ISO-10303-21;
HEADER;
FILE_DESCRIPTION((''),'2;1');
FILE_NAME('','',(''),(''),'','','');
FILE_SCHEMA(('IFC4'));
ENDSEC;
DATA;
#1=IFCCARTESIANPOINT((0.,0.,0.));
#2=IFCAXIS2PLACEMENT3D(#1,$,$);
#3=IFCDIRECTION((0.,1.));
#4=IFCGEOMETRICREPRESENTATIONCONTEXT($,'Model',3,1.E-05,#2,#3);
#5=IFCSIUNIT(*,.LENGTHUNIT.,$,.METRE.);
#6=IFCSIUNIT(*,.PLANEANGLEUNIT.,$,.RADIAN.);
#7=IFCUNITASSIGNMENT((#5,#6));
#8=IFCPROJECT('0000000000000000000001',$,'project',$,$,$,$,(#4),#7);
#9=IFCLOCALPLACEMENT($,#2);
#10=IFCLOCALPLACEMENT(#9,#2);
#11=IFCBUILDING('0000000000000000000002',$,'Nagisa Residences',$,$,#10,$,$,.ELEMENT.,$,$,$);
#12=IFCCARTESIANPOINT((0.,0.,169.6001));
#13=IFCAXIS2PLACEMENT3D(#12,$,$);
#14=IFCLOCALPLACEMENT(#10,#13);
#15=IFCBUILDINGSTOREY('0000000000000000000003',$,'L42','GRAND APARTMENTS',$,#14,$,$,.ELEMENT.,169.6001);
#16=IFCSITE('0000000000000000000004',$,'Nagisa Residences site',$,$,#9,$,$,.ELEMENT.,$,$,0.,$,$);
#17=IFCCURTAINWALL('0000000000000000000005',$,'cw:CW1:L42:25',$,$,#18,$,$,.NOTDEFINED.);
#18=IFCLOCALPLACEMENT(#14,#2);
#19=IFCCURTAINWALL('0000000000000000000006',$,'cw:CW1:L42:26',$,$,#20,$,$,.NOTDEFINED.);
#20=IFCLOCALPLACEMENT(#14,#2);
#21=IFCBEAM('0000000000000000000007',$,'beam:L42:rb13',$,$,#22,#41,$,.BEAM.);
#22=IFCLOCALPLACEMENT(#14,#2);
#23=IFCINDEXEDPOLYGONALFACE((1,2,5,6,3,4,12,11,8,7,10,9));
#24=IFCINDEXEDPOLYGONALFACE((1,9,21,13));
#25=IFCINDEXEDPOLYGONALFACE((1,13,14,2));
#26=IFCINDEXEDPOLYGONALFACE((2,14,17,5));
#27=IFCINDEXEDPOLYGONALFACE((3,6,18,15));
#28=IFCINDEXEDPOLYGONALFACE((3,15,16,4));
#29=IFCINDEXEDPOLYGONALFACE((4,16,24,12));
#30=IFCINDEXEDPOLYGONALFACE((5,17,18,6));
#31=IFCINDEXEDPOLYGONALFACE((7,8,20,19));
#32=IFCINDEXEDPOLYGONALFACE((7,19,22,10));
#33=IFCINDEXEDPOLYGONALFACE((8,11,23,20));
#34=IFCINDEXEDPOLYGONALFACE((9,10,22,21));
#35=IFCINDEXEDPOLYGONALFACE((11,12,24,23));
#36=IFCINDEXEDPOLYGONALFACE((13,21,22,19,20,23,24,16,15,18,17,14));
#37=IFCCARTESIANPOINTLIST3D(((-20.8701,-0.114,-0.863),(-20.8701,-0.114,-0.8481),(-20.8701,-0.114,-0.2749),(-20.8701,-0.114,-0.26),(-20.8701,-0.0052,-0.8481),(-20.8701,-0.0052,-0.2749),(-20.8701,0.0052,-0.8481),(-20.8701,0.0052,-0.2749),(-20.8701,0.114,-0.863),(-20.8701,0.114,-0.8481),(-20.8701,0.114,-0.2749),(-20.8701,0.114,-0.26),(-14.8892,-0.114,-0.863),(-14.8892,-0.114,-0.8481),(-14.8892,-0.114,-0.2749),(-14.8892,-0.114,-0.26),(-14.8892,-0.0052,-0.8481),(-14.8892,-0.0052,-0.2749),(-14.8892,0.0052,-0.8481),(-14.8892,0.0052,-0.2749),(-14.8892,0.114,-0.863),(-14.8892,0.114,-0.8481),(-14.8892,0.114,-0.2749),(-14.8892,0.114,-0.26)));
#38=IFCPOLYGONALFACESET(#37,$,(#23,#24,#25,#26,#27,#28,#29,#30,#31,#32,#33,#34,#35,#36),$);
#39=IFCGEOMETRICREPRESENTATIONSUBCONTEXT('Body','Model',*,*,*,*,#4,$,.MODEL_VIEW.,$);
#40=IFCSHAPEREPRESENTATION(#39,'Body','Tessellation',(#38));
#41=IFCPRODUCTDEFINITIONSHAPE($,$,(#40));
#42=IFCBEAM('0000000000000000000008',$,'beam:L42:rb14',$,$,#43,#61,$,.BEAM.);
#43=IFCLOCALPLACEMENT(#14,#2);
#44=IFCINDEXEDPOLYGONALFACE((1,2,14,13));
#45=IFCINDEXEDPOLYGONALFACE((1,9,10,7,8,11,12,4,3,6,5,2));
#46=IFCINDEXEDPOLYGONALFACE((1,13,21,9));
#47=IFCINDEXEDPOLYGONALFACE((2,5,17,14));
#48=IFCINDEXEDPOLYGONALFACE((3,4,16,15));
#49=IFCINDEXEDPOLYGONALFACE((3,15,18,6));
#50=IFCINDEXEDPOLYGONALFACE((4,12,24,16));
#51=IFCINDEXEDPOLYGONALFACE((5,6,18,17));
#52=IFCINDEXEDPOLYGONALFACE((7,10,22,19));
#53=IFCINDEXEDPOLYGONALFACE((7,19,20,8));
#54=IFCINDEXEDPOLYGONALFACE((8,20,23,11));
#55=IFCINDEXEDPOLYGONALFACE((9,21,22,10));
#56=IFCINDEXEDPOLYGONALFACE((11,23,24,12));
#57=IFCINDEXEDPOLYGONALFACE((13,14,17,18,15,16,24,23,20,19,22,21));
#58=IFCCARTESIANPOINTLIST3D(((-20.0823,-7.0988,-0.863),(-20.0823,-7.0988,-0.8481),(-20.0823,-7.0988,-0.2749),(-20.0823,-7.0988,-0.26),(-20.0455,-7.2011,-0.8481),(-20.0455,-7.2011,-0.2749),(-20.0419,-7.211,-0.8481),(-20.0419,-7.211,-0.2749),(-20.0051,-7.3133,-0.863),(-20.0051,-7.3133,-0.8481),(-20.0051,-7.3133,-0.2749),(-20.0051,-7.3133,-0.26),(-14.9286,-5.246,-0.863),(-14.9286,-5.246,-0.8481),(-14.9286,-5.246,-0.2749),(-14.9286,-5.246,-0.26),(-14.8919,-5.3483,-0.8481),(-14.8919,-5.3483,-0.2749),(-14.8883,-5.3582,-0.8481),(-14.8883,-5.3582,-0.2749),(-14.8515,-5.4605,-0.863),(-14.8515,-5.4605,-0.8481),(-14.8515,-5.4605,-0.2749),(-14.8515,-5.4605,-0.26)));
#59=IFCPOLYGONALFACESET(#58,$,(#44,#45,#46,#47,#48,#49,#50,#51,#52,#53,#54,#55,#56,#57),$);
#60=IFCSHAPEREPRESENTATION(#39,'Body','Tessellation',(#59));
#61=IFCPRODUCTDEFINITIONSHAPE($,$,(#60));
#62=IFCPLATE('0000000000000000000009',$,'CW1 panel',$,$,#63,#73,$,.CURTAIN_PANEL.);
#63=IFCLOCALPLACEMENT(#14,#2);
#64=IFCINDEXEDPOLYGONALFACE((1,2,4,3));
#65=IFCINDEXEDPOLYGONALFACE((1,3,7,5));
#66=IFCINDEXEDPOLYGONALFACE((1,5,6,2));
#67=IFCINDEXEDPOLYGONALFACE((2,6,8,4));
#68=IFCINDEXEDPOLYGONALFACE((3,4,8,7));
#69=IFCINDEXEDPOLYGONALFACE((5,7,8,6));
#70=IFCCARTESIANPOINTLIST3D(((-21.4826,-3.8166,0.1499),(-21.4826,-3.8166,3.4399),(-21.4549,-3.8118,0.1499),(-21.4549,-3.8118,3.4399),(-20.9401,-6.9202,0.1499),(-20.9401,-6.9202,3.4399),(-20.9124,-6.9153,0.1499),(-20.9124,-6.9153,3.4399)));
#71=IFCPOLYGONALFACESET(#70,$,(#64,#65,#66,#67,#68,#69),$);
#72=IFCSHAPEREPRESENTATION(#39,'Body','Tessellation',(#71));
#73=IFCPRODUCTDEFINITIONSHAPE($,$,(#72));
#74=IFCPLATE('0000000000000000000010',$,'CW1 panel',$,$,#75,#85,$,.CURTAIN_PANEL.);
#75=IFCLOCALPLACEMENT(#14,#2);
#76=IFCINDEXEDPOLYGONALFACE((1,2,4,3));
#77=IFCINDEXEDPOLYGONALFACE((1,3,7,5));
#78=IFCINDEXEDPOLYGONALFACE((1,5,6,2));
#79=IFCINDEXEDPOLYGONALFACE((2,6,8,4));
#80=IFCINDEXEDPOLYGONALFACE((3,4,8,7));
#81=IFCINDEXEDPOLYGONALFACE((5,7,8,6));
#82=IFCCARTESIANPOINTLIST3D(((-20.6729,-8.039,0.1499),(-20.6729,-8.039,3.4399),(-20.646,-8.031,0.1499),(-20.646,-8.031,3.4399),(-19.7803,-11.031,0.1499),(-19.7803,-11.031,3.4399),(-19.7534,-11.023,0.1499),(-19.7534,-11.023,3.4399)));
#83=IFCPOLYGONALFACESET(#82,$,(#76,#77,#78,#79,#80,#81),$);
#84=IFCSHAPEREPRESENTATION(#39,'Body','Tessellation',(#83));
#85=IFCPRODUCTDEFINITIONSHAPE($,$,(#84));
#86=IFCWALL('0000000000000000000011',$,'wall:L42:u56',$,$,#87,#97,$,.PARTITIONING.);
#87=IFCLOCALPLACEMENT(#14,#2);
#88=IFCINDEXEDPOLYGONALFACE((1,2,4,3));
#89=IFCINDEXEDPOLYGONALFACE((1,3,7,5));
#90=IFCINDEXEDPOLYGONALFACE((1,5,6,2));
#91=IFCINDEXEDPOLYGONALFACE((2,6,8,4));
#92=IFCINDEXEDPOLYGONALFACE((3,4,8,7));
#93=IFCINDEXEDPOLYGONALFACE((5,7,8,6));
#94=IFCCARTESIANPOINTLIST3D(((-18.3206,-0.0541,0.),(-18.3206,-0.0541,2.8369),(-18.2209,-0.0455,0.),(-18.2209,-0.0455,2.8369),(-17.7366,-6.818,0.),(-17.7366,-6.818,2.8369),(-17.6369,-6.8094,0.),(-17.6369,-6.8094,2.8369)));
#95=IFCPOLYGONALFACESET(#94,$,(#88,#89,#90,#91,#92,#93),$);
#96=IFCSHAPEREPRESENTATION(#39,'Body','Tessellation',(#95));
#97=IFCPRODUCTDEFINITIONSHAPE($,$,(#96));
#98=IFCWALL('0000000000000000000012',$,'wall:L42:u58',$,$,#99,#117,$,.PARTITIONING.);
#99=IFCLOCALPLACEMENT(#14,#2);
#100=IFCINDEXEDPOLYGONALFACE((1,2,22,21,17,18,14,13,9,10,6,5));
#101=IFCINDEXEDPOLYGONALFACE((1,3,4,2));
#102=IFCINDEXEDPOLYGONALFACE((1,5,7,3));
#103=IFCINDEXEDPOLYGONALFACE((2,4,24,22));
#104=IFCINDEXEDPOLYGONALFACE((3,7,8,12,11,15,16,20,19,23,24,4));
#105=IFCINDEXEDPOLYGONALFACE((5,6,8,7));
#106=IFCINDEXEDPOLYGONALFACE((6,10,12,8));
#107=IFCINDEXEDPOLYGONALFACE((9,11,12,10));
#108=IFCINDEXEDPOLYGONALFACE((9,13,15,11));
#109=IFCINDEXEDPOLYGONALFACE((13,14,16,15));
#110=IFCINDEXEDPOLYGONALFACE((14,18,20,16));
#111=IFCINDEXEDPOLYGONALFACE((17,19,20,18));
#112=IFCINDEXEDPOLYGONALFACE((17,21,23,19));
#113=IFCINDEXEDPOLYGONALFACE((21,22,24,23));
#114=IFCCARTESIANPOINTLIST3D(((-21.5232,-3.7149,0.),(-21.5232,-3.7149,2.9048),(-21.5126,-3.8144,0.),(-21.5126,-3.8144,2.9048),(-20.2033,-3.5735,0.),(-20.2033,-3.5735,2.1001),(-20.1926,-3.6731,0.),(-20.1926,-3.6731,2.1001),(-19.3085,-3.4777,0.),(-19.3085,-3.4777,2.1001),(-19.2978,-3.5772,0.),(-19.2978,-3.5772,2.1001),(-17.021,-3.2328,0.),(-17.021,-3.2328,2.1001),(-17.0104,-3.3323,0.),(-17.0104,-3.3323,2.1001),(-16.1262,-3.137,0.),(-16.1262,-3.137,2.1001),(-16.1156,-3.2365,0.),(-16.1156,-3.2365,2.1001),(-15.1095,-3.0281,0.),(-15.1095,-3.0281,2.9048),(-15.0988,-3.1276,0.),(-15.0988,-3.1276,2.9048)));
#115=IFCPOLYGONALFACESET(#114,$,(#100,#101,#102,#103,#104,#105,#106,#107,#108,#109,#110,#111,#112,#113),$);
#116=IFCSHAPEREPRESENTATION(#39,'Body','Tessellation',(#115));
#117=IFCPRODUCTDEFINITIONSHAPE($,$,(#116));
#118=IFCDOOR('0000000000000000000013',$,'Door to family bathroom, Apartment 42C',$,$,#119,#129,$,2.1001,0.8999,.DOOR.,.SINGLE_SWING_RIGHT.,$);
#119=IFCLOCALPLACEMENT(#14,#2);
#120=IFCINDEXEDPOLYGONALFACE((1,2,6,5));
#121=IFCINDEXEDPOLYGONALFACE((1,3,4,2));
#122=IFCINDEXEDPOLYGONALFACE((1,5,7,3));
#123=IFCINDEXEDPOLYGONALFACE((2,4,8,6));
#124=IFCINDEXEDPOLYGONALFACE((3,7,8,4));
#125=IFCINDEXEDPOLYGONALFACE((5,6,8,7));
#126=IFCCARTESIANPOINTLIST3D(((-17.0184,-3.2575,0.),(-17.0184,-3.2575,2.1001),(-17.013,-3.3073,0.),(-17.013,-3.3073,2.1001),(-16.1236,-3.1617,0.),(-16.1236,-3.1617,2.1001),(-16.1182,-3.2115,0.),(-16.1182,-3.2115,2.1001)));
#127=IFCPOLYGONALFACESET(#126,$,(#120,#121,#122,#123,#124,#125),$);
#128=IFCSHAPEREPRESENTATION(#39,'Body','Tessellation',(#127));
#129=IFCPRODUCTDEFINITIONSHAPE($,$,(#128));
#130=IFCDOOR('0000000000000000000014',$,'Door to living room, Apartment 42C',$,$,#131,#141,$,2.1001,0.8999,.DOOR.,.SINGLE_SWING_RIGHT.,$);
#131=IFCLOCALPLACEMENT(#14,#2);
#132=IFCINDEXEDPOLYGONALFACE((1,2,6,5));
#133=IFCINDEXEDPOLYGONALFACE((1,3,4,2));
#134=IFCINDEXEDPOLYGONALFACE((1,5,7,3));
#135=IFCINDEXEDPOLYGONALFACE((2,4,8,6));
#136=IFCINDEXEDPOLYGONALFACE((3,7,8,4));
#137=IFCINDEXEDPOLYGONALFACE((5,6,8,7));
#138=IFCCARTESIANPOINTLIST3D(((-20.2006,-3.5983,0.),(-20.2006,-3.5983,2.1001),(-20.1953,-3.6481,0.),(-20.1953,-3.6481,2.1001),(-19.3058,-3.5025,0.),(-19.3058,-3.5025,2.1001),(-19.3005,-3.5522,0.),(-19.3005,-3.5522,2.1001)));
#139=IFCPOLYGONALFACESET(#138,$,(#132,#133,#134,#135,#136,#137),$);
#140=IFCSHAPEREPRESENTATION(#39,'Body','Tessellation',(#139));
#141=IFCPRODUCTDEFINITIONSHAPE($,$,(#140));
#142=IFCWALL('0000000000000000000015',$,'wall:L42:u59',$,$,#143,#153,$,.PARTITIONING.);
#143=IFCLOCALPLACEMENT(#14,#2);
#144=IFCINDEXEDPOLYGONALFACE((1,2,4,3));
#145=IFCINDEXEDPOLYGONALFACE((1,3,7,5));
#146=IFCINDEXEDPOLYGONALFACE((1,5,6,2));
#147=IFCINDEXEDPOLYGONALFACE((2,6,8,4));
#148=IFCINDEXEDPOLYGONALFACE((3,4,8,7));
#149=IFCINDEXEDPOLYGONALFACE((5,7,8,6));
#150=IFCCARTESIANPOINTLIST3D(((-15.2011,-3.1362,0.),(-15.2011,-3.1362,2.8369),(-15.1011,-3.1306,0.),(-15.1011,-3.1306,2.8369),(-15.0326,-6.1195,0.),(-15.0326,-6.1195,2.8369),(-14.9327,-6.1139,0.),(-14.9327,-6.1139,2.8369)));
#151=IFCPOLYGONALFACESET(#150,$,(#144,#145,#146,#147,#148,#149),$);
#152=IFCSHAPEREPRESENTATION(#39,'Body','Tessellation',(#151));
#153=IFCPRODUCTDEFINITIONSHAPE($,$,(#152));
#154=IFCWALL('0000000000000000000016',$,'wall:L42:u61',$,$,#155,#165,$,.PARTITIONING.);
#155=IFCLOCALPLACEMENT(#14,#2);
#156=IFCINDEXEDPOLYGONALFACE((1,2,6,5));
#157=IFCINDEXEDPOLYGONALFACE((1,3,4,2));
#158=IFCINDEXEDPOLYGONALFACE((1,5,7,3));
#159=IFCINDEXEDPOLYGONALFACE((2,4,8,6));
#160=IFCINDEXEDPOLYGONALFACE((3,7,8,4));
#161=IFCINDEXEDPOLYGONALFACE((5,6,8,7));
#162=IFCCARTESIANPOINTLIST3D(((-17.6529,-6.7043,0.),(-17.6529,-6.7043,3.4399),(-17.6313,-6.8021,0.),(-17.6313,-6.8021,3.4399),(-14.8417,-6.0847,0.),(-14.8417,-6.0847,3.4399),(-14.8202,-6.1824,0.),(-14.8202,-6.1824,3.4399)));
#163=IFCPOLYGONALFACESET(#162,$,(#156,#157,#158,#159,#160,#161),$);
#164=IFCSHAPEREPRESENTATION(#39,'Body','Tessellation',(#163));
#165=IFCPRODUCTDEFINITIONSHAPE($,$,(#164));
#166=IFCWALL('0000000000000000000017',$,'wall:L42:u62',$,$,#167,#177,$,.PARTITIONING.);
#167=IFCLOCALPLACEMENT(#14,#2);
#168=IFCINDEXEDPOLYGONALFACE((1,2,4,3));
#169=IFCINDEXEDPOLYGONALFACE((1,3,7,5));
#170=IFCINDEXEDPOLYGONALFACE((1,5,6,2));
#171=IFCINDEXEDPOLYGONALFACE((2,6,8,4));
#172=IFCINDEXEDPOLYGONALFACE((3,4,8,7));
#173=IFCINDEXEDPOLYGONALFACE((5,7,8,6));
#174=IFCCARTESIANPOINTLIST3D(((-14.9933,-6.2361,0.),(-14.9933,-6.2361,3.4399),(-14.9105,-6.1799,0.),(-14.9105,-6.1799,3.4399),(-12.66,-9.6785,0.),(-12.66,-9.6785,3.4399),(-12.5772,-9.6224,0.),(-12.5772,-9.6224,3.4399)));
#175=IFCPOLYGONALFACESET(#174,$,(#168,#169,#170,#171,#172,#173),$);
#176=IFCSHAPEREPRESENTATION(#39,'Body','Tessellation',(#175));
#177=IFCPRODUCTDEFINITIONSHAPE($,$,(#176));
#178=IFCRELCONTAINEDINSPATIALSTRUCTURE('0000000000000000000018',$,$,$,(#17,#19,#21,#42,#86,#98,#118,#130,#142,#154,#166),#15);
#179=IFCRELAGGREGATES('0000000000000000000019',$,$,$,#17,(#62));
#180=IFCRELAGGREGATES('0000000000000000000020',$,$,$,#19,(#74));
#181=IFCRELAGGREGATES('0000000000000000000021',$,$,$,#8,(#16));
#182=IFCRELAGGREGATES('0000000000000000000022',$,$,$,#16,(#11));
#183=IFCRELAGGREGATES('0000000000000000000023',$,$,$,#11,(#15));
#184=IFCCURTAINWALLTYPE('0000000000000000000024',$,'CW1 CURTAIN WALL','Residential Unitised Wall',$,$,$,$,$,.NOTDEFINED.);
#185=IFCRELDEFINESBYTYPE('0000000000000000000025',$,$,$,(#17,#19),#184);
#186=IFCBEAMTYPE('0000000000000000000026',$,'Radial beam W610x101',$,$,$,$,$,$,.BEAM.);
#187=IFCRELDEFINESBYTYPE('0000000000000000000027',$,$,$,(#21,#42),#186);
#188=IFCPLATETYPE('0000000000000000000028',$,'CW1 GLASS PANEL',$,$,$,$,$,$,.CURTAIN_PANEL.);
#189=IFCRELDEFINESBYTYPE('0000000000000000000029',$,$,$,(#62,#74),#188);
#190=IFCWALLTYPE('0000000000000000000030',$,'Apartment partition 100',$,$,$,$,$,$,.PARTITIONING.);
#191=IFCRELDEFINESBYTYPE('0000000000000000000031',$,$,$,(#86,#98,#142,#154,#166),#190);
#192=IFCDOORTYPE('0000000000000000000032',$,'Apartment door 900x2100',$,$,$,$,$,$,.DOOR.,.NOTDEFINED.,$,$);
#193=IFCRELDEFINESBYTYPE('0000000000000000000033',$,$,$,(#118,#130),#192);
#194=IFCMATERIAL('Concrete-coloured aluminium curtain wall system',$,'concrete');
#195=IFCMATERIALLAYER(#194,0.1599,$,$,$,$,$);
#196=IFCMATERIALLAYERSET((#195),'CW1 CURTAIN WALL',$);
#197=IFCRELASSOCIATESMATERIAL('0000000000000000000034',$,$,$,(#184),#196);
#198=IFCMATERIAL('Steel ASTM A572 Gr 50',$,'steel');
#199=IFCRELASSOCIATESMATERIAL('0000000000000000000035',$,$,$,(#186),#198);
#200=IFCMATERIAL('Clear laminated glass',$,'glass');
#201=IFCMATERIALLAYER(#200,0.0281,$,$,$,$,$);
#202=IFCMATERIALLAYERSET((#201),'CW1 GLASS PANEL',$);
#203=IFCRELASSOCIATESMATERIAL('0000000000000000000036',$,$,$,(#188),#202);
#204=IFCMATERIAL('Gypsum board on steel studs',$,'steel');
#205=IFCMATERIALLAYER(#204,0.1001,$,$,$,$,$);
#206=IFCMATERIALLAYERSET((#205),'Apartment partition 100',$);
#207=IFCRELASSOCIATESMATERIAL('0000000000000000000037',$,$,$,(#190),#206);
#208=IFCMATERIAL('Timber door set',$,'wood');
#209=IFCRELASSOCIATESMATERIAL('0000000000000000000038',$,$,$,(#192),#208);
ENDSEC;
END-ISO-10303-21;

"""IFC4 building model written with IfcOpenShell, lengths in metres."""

from ifc_helpers import new_model, si_unit, direction, frame, frame_2d, origin, origin_2d, place, context, subcontext, project, spatial, rectangle, i_section, extrude, material, layer, layer_set, material_profile, profile_set, type_object, element, fill, aggregate, save


model = new_model("IFC4")

# Units and contexts
model_context = context("Model", 3, precision=1e-05, world=origin(), true_north=direction((0.0, 1.0)))
body_context = subcontext(model_context, "Body", "Model", "MODEL_VIEW")
ifc_project = project(units=[si_unit("LENGTHUNIT", "METRE"), si_unit("PLANEANGLEUNIT", "RADIAN")], contexts=[model_context])

# Site, building, storey
site_placement = place(None, origin())
site = spatial("IfcSite", under=ifc_project, at=site_placement, Name="Nagisa Residences site", CompositionType="ELEMENT", RefElevation=0.0)
building_placement = place(site_placement, origin())
building = spatial("IfcBuilding", under=site, at=building_placement, Name="Nagisa Residences", CompositionType="ELEMENT")
storey_placement = place(building_placement, frame((0.0, 0.0, 169.6001)))
storey = spatial("IfcBuildingStorey", under=building, at=storey_placement, Name="L42", Description="GRAND APARTMENTS", CompositionType="ELEMENT", Elevation=169.6001)

# Curtain walls
ifc_material_1 = material(Name="Concrete-coloured aluminium curtain wall system", Category="concrete")
ifc_layer_1 = layer(ifc_material_1, 0.1599)
ifc_layer_set_1 = layer_set([ifc_layer_1], Name="CW1 CURTAIN WALL")
curtain_wall_type = type_object("IfcCurtainWallType", Name="CW1 CURTAIN WALL", Description="Residential Unitised Wall", PredefinedType="NOTDEFINED", material=ifc_layer_set_1)
curtain_wall_1_placement = place(storey_placement, origin())
curtain_wall_1 = element("IfcCurtainWall", 1, at=curtain_wall_1_placement, inside=storey, type_object=curtain_wall_type, Name="cw:CW1:L42:25", PredefinedType="NOTDEFINED")
curtain_wall_2_placement = place(storey_placement, origin())
curtain_wall_2 = element("IfcCurtainWall", 2, at=curtain_wall_2_placement, inside=storey, type_object=curtain_wall_type, Name="cw:CW1:L42:26", PredefinedType="NOTDEFINED")

# Beams
ifc_material_2 = material(Name="Steel ASTM A572 Gr 50", Category="steel")
ifc_material_profile_1 = material_profile(ifc_material_2, i_section(OverallWidth=0.228, OverallDepth=0.603, WebThickness=0.0105, FlangeThickness=0.0149, at=origin_2d()), Name="W610x101")
ifc_profile_set_1 = profile_set([ifc_material_profile_1], Name="Steel ASTM A572 Gr 50")
beam_type_1 = type_object("IfcBeamType", Name="Radial beam W610x101", PredefinedType="BEAM", material=ifc_profile_set_1)
beam_1_placement = place(storey_placement, frame((-20.8701, 0.0, -0.5615), z_axis=(1.0, 0.0, 0.0), x_axis=(0.0, 1.0, 0.0)))
element("IfcBeam", 3, at=beam_1_placement, inside=storey, type_object=beam_type_1, Name="beam:L42:rb13", PredefinedType="BEAM", context=body_context, shape_type="SweptSolid", body=[
    extrude(i_section(OverallWidth=0.228, OverallDepth=0.603, WebThickness=0.0105, FlangeThickness=0.0149, at=origin_2d()), origin(), (0.0, 0.0, 1.0), 5.981),
])
beam_2_placement = place(storey_placement, frame((-20.0437, -7.2061, -0.5615), z_axis=(0.941033, 0.338315, 0.0), x_axis=(-0.338315, 0.941033, 0.0)))
element("IfcBeam", 4, at=beam_2_placement, inside=storey, type_object=beam_type_1, Name="beam:L42:rb14", PredefinedType="BEAM", context=body_context, shape_type="SweptSolid", body=[
    extrude(i_section(OverallWidth=0.228, OverallDepth=0.603, WebThickness=0.0105, FlangeThickness=0.0149, at=origin_2d()), origin(), (0.0, 0.0, 1.0), 5.4766),
])

# Plates
ifc_material_3 = material(Name="Clear laminated glass", Category="glass")
ifc_layer_2 = layer(ifc_material_3, 0.0281)
ifc_layer_set_2 = layer_set([ifc_layer_2], Name="CW1 GLASS PANEL")
plate_type = type_object("IfcPlateType", Name="CW1 GLASS PANEL", PredefinedType="CURTAIN_PANEL", material=ifc_layer_set_2)
plate_1_placement = place(storey_placement, frame((-21.1975, -5.366, 0.1499), z_axis=(0.0, 0.0, 1.0), x_axis=(0.172191, -0.985064, 0.0)))
plate_1 = element("IfcPlate", 5, at=plate_1_placement, type_object=plate_type, Name="CW1 panel", PredefinedType="CURTAIN_PANEL", context=body_context, shape_type="SweptSolid", body=[
    extrude(rectangle(XDim=3.1506, YDim=0.0281, at=origin_2d()), origin(), (0.0, 0.0, 1.0), 3.29),
])
aggregate(curtain_wall_1, [plate_1])
plate_2_placement = place(storey_placement, frame((-20.2131, -9.531, 0.1499), z_axis=(0.0, 0.0, 1.0), x_axis=(0.28586, -0.958271, 0.0)))
plate_2 = element("IfcPlate", 6, at=plate_2_placement, type_object=plate_type, Name="CW1 panel", PredefinedType="CURTAIN_PANEL", context=body_context, shape_type="SweptSolid", body=[
    extrude(rectangle(XDim=3.1223, YDim=0.0281, at=origin_2d()), origin(), (0.0, 0.0, 1.0), 3.29),
])
aggregate(curtain_wall_2, [plate_2])

# Wall
ifc_material_4 = material(Name="Gypsum board on steel studs", Category="steel")
ifc_layer_3 = layer(ifc_material_4, 0.1001)
ifc_layer_set_3 = layer_set([ifc_layer_3], Name="Apartment partition 100")
wall_type_1 = type_object("IfcWallType", Name="Apartment partition 100", PredefinedType="PARTITIONING", material=ifc_layer_set_3)
wall_1_placement = place(storey_placement, frame((-18.2708, -0.0498, 0.0), z_axis=(0.0, 0.0, 1.0), x_axis=(0.086018, -0.996294, 0.0)))
element("IfcWall", 7, at=wall_1_placement, inside=storey, type_object=wall_type_1, Name="wall:L42:u56", PredefinedType="PARTITIONING", context=body_context, shape_type="SweptSolid", body=[
    extrude(rectangle(XDim=6.7891, YDim=0.1001, at=frame_2d((3.3945, 0.0))), origin(), (0.0, 0.0, 1.0), 2.8369),
])

# Wall, openings, doors
wall_2_placement = place(storey_placement, frame((-15.1042, -3.0779, 0.0), z_axis=(0.0, 0.0, 1.0), x_axis=(-0.994316, -0.106468, 0.0)))
wall_2 = element("IfcWall", 8, at=wall_2_placement, inside=storey, type_object=wall_type_1, Name="wall:L42:u58", PredefinedType="PARTITIONING", context=body_context, shape_type="SweptSolid", body=[
    extrude(rectangle(XDim=6.4504, YDim=0.1001, at=frame_2d((3.2251, 0.0))), origin(), (0.0, 0.0, 1.0), 2.9048),
])
opening_1_placement = place(wall_2_placement, frame((1.0225, 0.0, 0.0)))
opening_1 = element("IfcOpeningElement", 9, at=opening_1_placement, cuts=wall_2, PredefinedType="OPENING", context=body_context, shape_type="SweptSolid", body=[
    extrude(rectangle(XDim=0.8999, YDim=2.1001, at=frame_2d((0.45, 1.05))), frame((0.0, 0.0601, 0.0), z_axis=(0.0, -1.0, 0.0), x_axis=(1.0, 0.0, 0.0)), (0.0, 0.0, 1.0), 0.1201),
])
opening_2_placement = place(wall_2_placement, frame((4.2229, 0.0, 0.0)))
opening_2 = element("IfcOpeningElement", 10, at=opening_2_placement, cuts=wall_2, PredefinedType="OPENING", context=body_context, shape_type="SweptSolid", body=[
    extrude(rectangle(XDim=0.8999, YDim=2.1001, at=frame_2d((0.45, 1.05))), frame((0.0, 0.0601, 0.0), z_axis=(0.0, -1.0, 0.0), x_axis=(1.0, 0.0, 0.0)), (0.0, 0.0, 1.0), 0.1201),
])
ifc_material_5 = material(Name="Timber door set", Category="wood")
door_type_1 = type_object("IfcDoorType", Name="Apartment door 900x2100", OperationType="NOTDEFINED", PredefinedType="DOOR", material=ifc_material_5)
door_1_placement = place(opening_1_placement, origin())
door_1 = element("IfcDoor", 11, at=door_1_placement, inside=storey, type_object=door_type_1, Name="Door to family bathroom, Apartment 42C", OperationType="SINGLE_SWING_RIGHT", OverallHeight=2.1001, OverallWidth=0.8999, PredefinedType="DOOR", context=body_context, shape_type="SweptSolid", body=[
    extrude(rectangle(XDim=0.8999, YDim=2.1001, at=frame_2d((0.45, 1.05))), frame((0.0, 0.0249, 0.0), z_axis=(0.0, -1.0, 0.0), x_axis=(1.0, 0.0, 0.0)), (0.0, 0.0, 1.0), 0.05),
])
fill(opening_1, door_1)
door_2_placement = place(opening_2_placement, origin())
door_2 = element("IfcDoor", 12, at=door_2_placement, inside=storey, type_object=door_type_1, Name="Door to living room, Apartment 42C", OperationType="SINGLE_SWING_RIGHT", OverallHeight=2.1001, OverallWidth=0.8999, PredefinedType="DOOR", context=body_context, shape_type="SweptSolid", body=[
    extrude(rectangle(XDim=0.8999, YDim=2.1001, at=frame_2d((0.45, 1.05))), frame((0.0, 0.0249, 0.0), z_axis=(0.0, -1.0, 0.0), x_axis=(1.0, 0.0, 0.0)), (0.0, 0.0, 1.0), 0.05),
])
fill(opening_2, door_2)

# Walls
wall_3_placement = place(storey_placement, frame((-15.1511, -3.1333, 0.0), z_axis=(0.0, 0.0, 1.0), x_axis=(0.056375, -0.99841, 0.0)))
element("IfcWall", 13, at=wall_3_placement, inside=storey, type_object=wall_type_1, Name="wall:L42:u59", PredefinedType="PARTITIONING", context=body_context, shape_type="SweptSolid", body=[
    extrude(rectangle(XDim=2.988, YDim=0.1001, at=frame_2d((1.4941, 0.0))), origin(), (0.0, 0.0, 1.0), 2.8369),
])
wall_4_placement = place(storey_placement, frame((-14.8308, -6.1335, 0.0), z_axis=(0.0, 0.0, 1.0), x_axis=(-0.976561, -0.215242, 0.0)))
element("IfcWall", 14, at=wall_4_placement, inside=storey, type_object=wall_type_1, Name="wall:L42:u61", PredefinedType="PARTITIONING", context=body_context, shape_type="SweptSolid", body=[
    extrude(rectangle(XDim=2.8787, YDim=0.1001, at=frame_2d((1.4395, 0.0))), origin(), (0.0, 0.0, 1.0), 3.4399),
])
wall_5_placement = place(storey_placement, frame((-14.9519, -6.208, 0.0), z_axis=(0.0, 0.0, 1.0), x_axis=(0.561065, -0.827772, 0.0)))
element("IfcWall", 15, at=wall_5_placement, inside=storey, type_object=wall_type_1, Name="wall:L42:u62", PredefinedType="PARTITIONING", context=body_context, shape_type="SweptSolid", body=[
    extrude(rectangle(XDim=4.1587, YDim=0.1001, at=frame_2d((2.0793, 0.0))), origin(), (0.0, 0.0, 1.0), 3.4399),
])

save(model, "model.ifc")
